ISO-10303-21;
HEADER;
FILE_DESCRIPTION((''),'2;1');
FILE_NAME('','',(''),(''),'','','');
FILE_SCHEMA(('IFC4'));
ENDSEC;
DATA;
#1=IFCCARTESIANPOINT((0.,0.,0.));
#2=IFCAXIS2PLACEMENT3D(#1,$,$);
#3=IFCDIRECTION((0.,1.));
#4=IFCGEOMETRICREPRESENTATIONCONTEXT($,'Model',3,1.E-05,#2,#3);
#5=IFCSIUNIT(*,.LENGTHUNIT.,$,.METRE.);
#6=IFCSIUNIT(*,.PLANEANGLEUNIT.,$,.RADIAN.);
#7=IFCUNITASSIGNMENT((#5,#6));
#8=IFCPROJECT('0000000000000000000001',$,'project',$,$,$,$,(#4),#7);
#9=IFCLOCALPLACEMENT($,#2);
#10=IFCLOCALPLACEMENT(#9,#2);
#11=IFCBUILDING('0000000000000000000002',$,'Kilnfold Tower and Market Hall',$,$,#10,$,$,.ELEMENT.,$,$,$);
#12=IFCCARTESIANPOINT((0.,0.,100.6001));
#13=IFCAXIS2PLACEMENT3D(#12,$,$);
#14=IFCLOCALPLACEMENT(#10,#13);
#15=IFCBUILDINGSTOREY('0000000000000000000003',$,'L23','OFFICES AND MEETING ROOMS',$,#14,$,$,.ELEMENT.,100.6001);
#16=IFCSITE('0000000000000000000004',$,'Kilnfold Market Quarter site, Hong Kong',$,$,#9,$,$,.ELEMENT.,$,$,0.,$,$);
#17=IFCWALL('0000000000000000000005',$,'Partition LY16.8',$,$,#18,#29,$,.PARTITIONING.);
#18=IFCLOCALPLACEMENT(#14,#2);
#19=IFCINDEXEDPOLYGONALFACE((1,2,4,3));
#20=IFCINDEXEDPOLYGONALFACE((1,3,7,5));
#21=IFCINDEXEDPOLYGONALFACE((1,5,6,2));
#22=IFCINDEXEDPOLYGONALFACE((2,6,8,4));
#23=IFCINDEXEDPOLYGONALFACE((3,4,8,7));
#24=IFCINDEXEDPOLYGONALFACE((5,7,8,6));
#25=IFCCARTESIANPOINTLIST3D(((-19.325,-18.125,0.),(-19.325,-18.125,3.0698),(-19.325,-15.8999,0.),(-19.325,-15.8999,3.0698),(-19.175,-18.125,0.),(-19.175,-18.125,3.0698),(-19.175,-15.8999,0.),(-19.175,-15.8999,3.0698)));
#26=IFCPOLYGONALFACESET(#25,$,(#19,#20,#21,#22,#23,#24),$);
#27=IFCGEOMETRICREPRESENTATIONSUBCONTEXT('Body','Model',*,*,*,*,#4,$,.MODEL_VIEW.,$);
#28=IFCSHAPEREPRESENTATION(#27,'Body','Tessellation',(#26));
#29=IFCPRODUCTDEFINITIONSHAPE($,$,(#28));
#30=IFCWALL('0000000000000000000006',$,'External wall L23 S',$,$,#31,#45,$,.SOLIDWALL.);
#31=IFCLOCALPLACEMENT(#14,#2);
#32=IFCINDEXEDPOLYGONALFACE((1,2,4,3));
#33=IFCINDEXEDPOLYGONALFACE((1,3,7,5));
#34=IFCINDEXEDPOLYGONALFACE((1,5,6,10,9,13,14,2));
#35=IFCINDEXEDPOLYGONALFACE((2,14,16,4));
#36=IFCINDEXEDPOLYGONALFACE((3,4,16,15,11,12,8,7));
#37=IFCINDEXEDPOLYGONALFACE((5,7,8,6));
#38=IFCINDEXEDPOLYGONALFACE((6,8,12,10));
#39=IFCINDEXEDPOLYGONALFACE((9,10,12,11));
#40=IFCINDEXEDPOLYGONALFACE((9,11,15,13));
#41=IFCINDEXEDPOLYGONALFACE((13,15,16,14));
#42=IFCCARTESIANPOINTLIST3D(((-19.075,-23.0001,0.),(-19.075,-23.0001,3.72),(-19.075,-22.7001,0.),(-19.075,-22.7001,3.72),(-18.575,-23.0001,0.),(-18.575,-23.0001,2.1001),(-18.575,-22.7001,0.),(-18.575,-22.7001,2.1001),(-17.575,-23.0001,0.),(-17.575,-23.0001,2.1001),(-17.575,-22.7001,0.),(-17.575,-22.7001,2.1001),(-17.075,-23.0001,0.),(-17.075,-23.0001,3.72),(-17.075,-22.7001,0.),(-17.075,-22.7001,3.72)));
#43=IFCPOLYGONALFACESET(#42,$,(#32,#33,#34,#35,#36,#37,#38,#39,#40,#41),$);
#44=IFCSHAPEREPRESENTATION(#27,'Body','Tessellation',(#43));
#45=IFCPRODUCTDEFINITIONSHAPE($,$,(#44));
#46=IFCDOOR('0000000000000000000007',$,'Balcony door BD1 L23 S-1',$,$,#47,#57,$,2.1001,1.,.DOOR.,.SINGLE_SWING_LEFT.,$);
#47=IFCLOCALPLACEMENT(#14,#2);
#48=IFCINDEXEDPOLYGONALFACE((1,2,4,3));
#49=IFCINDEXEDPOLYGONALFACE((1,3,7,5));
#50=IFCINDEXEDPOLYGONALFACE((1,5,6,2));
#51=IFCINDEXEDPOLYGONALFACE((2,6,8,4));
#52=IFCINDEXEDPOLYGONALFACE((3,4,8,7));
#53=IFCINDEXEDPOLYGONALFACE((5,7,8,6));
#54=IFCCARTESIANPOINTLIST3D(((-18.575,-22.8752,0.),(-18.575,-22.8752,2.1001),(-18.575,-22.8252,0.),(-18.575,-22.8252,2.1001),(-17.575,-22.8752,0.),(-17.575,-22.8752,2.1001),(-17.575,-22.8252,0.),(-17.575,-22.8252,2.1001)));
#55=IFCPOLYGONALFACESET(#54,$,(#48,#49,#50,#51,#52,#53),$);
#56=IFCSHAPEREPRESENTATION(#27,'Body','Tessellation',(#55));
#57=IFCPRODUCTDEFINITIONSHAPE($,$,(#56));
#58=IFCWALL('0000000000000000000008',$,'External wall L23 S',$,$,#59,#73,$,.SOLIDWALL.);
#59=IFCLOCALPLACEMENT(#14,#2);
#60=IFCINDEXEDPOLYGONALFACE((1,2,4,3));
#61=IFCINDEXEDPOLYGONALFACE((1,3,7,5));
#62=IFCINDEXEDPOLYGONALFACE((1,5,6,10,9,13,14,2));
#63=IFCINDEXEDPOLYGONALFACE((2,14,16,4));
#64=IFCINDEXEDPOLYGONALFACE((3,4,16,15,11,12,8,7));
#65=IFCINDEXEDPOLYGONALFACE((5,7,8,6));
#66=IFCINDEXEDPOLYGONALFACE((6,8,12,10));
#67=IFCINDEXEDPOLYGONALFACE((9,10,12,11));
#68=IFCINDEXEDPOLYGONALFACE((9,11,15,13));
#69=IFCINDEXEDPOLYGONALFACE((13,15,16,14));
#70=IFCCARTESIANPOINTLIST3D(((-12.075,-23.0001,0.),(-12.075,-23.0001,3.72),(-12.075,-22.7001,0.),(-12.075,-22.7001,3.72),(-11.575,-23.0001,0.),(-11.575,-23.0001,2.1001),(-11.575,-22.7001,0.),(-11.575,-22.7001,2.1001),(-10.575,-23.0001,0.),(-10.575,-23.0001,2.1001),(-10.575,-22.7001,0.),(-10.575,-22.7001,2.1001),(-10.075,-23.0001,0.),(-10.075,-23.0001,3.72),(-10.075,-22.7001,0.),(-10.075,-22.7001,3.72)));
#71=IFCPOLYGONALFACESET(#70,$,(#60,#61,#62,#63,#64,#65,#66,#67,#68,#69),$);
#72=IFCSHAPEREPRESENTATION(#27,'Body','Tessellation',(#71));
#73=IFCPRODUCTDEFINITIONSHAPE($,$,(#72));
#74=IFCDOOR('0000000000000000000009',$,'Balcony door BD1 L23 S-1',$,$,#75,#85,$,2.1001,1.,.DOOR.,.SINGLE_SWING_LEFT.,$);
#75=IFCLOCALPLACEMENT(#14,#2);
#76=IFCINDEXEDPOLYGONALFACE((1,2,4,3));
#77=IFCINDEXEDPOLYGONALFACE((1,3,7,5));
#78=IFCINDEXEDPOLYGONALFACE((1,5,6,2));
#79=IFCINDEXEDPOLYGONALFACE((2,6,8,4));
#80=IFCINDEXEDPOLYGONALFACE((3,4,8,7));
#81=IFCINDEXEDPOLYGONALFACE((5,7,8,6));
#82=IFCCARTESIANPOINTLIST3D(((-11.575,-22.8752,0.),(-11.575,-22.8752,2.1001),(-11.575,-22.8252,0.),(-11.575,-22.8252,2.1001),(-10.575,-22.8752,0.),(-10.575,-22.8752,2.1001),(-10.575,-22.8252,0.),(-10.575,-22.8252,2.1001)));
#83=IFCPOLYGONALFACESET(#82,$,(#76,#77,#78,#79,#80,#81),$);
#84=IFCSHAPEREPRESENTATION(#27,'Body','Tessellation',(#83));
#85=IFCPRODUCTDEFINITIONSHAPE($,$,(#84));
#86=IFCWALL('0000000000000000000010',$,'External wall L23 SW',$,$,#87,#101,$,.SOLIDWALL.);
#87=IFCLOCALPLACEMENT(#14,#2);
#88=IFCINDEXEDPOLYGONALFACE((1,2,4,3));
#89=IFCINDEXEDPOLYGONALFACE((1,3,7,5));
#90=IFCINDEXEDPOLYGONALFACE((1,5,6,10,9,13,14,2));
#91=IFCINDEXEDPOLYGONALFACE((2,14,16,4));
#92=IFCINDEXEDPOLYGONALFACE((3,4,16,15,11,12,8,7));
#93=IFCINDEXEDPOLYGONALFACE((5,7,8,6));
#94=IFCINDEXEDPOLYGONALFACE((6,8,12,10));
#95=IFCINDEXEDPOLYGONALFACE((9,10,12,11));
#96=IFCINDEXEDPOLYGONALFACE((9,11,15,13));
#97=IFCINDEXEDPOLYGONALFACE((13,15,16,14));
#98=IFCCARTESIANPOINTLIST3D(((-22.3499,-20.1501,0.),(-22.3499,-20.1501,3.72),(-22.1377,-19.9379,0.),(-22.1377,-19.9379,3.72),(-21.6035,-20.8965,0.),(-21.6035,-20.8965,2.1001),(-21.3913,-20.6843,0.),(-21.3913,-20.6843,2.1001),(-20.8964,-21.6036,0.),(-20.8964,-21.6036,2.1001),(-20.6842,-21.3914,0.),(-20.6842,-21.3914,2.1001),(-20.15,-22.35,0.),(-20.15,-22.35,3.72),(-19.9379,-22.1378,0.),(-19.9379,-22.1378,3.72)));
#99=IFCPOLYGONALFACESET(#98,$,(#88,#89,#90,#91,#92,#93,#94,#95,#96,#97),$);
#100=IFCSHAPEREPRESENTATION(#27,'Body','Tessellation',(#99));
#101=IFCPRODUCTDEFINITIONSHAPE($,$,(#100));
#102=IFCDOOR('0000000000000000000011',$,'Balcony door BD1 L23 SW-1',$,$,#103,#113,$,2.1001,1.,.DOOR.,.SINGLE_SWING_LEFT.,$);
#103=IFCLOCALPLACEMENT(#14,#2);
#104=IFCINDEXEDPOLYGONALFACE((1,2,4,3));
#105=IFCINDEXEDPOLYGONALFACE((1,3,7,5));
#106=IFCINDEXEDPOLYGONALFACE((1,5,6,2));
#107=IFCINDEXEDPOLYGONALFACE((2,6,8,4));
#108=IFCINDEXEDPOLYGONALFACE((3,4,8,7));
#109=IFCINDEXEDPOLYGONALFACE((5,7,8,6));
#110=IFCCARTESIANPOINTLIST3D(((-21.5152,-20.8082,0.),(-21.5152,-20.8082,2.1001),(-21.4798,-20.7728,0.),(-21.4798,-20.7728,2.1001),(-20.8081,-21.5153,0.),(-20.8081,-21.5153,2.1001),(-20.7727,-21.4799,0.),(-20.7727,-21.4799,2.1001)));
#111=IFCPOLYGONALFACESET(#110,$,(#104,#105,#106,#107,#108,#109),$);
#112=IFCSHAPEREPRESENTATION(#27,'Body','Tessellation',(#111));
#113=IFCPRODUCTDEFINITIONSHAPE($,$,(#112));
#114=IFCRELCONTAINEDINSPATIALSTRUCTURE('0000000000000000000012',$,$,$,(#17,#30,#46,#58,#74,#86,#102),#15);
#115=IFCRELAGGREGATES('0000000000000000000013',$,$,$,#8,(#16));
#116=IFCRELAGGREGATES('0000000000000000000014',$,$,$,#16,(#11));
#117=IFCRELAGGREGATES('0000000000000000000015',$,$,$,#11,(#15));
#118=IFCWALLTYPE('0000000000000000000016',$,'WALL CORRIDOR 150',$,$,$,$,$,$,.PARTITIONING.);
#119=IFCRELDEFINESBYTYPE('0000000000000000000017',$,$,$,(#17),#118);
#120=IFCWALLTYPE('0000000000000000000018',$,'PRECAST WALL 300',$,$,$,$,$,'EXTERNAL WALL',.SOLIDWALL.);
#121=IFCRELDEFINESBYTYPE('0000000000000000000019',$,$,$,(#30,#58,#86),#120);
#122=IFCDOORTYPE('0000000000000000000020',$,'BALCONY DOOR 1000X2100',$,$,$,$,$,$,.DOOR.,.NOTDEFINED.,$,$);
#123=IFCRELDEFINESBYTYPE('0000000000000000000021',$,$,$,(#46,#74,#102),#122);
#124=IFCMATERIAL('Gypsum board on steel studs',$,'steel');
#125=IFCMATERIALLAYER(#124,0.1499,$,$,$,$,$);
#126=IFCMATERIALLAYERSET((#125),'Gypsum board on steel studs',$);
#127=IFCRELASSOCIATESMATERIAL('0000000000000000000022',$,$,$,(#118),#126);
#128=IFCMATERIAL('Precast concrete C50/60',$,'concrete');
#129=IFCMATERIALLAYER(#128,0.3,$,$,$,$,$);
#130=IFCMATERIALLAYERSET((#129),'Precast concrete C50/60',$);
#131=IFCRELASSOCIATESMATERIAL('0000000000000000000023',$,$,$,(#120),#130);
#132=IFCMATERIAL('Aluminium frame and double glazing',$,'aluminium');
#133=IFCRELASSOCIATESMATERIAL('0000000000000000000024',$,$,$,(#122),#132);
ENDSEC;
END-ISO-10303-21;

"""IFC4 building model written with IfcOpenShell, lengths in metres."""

from ifc_helpers import new_model, si_unit, direction, frame, frame_2d, origin, place, context, subcontext, project, spatial, rectangle, extrude, source, transform, mapped, material, layer, layer_set, type_object, element, fill, save


model = new_model("IFC4")

# Units and contexts
model_context = context("Model", 3, precision=1e-05, world=origin(), true_north=direction((0.0, 1.0)))
body_context = subcontext(model_context, "Body", "Model", "MODEL_VIEW")
ifc_project = project(units=[si_unit("LENGTHUNIT", "METRE"), si_unit("PLANEANGLEUNIT", "RADIAN")], contexts=[model_context])

# Site, building, storey
site_placement = place(None, origin())
site = spatial("IfcSite", under=ifc_project, at=site_placement, Name="Kilnfold Market Quarter site, Hong Kong", CompositionType="ELEMENT", RefElevation=0.0)
building_placement = place(site_placement, origin())
building = spatial("IfcBuilding", under=site, at=building_placement, Name="Kilnfold Tower and Market Hall", CompositionType="ELEMENT")
storey_placement = place(building_placement, frame((0.0, 0.0, 100.6001)))
storey = spatial("IfcBuildingStorey", under=building, at=storey_placement, Name="L23", Description="OFFICES AND MEETING ROOMS", CompositionType="ELEMENT", Elevation=100.6001)

# Shared definitions
ifc_material_1 = material(Name="Gypsum board on steel studs", Category="steel")
ifc_layer_1 = layer(ifc_material_1, 0.1499)
ifc_layer_set_1 = layer_set([ifc_layer_1], Name="Gypsum board on steel studs")
wall_type_1 = type_object("IfcWallType", Name="WALL CORRIDOR 150", PredefinedType="PARTITIONING", material=ifc_layer_set_1)

# Wall
wall_1_placement = place(storey_placement, frame((-19.25, -15.8999, 0.0), z_axis=(0.0, 0.0, 1.0), x_axis=(0.0, -1.0, 0.0)))
element("IfcWall", 1, at=wall_1_placement, inside=storey, type_object=wall_type_1, Name="Partition LY16.8", PredefinedType="PARTITIONING", context=body_context, shape_type="SweptSolid", body=[
    extrude(rectangle(XDim=2.2251, YDim=0.1499, at=frame_2d((1.1125, 0.0))), origin(), (0.0, 0.0, 1.0), 3.0698),
])

# Walls, openings, doors
ifc_material_2 = material(Name="Precast concrete C50/60", Category="concrete")
ifc_layer_2 = layer(ifc_material_2, 0.3)
ifc_layer_set_2 = layer_set([ifc_layer_2], Name="Precast concrete C50/60")
wall_type_2 = type_object("IfcWallType", Name="PRECAST WALL 300", ElementType="EXTERNAL WALL", PredefinedType="SOLIDWALL", material=ifc_layer_set_2)
shared_shape_1 = source(origin(), body_context, "Body", "SweptSolid", [
    extrude(rectangle(XDim=2.0, YDim=0.3, at=frame_2d((1.0, 0.0))), origin(), (0.0, 0.0, 1.0), 3.72),
])
wall_2_placement = place(storey_placement, frame((-19.075, -22.8501, 0.0), z_axis=(0.0, 0.0, 1.0), x_axis=(1.0, 0.0, 0.0)))
wall_2 = element("IfcWall", 2, at=wall_2_placement, inside=storey, type_object=wall_type_2, Name="External wall L23 S", PredefinedType="SOLIDWALL", context=body_context, shape_type="MappedRepresentation", body=[
    mapped(shared_shape_1, transform((0.0, 0.0, 0.0))),
])
opening_1_placement = place(wall_2_placement, frame((0.5, 0.0, 0.0)))
opening_1 = element("IfcOpeningElement", 3, at=opening_1_placement, cuts=wall_2, PredefinedType="OPENING", context=body_context, shape_type="SweptSolid", body=[
    extrude(rectangle(XDim=1.0, YDim=2.1001, at=frame_2d((0.5, 1.05))), frame((0.0, 0.1602, 0.0), z_axis=(0.0, -1.0, 0.0), x_axis=(1.0, 0.0, 0.0)), (0.0, 0.0, 1.0), 0.3201),
])
ifc_material_3 = material(Name="Aluminium frame and double glazing", Category="aluminium")
door_type_1 = type_object("IfcDoorType", Name="BALCONY DOOR 1000X2100", OperationType="NOTDEFINED", PredefinedType="DOOR", material=ifc_material_3)
door_1_placement = place(opening_1_placement, origin())
door_1 = element("IfcDoor", 4, at=door_1_placement, inside=storey, type_object=door_type_1, Name="Balcony door BD1 L23 S-1", OperationType="SINGLE_SWING_LEFT", OverallHeight=2.1001, OverallWidth=1.0, PredefinedType="DOOR", context=body_context, shape_type="SweptSolid", body=[
    extrude(rectangle(XDim=1.0, YDim=2.1001, at=frame_2d((0.5, 1.05))), frame((0.0, 0.0249, 0.0), z_axis=(0.0, -1.0, 0.0), x_axis=(1.0, 0.0, 0.0)), (0.0, 0.0, 1.0), 0.05),
])
fill(opening_1, door_1)
wall_3_placement = place(storey_placement, frame((-12.075, -22.8501, 0.0), z_axis=(0.0, 0.0, 1.0), x_axis=(1.0, 0.0, 0.0)))
wall_3 = element("IfcWall", 5, at=wall_3_placement, inside=storey, type_object=wall_type_2, Name="External wall L23 S", PredefinedType="SOLIDWALL", context=body_context, shape_type="MappedRepresentation", body=[
    mapped(shared_shape_1, transform((0.0, 0.0, 0.0))),
])
opening_2_placement = place(wall_3_placement, frame((0.5, 0.0, 0.0)))
opening_2 = element("IfcOpeningElement", 6, at=opening_2_placement, cuts=wall_3, PredefinedType="OPENING", context=body_context, shape_type="SweptSolid", body=[
    extrude(rectangle(XDim=1.0, YDim=2.1001, at=frame_2d((0.5, 1.05))), frame((0.0, 0.1602, 0.0), z_axis=(0.0, -1.0, 0.0), x_axis=(1.0, 0.0, 0.0)), (0.0, 0.0, 1.0), 0.3201),
])
door_2_placement = place(opening_2_placement, origin())
door_2 = element("IfcDoor", 7, at=door_2_placement, inside=storey, type_object=door_type_1, Name="Balcony door BD1 L23 S-1", OperationType="SINGLE_SWING_LEFT", OverallHeight=2.1001, OverallWidth=1.0, PredefinedType="DOOR", context=body_context, shape_type="SweptSolid", body=[
    extrude(rectangle(XDim=1.0, YDim=2.1001, at=frame_2d((0.5, 1.05))), frame((0.0, 0.0249, 0.0), z_axis=(0.0, -1.0, 0.0), x_axis=(1.0, 0.0, 0.0)), (0.0, 0.0, 1.0), 0.05),
])
fill(opening_2, door_2)
shared_shape_2 = source(origin(), body_context, "Body", "SweptSolid", [
    extrude(rectangle(XDim=3.1111, YDim=0.3, at=frame_2d((1.5557, 0.0))), origin(), (0.0, 0.0, 1.0), 3.72),
])
wall_4_placement = place(storey_placement, frame((-22.2439, -20.0439, 0.0), z_axis=(0.0, 0.0, 1.0), x_axis=(0.707107, -0.707107, 0.0)))
wall_4 = element("IfcWall", 8, at=wall_4_placement, inside=storey, type_object=wall_type_2, Name="External wall L23 SW", PredefinedType="SOLIDWALL", context=body_context, shape_type="MappedRepresentation", body=[
    mapped(shared_shape_2, transform((0.0, 0.0, 0.0))),
])
opening_3_placement = place(wall_4_placement, frame((1.0557, 0.0, 0.0)))
opening_3 = element("IfcOpeningElement", 9, at=opening_3_placement, cuts=wall_4, PredefinedType="OPENING", context=body_context, shape_type="SweptSolid", body=[
    extrude(rectangle(XDim=1.0, YDim=2.1001, at=frame_2d((0.5, 1.05))), frame((0.0, 0.1602, 0.0), z_axis=(0.0, -1.0, 0.0), x_axis=(1.0, 0.0, 0.0)), (0.0, 0.0, 1.0), 0.3201),
])
door_3_placement = place(opening_3_placement, origin())
door_3 = element("IfcDoor", 10, at=door_3_placement, inside=storey, type_object=door_type_1, Name="Balcony door BD1 L23 SW-1", OperationType="SINGLE_SWING_LEFT", OverallHeight=2.1001, OverallWidth=1.0, PredefinedType="DOOR", context=body_context, shape_type="SweptSolid", body=[
    extrude(rectangle(XDim=1.0, YDim=2.1001, at=frame_2d((0.5, 1.05))), frame((0.0, 0.0249, 0.0), z_axis=(0.0, -1.0, 0.0), x_axis=(1.0, 0.0, 0.0)), (0.0, 0.0, 1.0), 0.05),
])
fill(opening_3, door_3)

save(model, "model.ifc")
